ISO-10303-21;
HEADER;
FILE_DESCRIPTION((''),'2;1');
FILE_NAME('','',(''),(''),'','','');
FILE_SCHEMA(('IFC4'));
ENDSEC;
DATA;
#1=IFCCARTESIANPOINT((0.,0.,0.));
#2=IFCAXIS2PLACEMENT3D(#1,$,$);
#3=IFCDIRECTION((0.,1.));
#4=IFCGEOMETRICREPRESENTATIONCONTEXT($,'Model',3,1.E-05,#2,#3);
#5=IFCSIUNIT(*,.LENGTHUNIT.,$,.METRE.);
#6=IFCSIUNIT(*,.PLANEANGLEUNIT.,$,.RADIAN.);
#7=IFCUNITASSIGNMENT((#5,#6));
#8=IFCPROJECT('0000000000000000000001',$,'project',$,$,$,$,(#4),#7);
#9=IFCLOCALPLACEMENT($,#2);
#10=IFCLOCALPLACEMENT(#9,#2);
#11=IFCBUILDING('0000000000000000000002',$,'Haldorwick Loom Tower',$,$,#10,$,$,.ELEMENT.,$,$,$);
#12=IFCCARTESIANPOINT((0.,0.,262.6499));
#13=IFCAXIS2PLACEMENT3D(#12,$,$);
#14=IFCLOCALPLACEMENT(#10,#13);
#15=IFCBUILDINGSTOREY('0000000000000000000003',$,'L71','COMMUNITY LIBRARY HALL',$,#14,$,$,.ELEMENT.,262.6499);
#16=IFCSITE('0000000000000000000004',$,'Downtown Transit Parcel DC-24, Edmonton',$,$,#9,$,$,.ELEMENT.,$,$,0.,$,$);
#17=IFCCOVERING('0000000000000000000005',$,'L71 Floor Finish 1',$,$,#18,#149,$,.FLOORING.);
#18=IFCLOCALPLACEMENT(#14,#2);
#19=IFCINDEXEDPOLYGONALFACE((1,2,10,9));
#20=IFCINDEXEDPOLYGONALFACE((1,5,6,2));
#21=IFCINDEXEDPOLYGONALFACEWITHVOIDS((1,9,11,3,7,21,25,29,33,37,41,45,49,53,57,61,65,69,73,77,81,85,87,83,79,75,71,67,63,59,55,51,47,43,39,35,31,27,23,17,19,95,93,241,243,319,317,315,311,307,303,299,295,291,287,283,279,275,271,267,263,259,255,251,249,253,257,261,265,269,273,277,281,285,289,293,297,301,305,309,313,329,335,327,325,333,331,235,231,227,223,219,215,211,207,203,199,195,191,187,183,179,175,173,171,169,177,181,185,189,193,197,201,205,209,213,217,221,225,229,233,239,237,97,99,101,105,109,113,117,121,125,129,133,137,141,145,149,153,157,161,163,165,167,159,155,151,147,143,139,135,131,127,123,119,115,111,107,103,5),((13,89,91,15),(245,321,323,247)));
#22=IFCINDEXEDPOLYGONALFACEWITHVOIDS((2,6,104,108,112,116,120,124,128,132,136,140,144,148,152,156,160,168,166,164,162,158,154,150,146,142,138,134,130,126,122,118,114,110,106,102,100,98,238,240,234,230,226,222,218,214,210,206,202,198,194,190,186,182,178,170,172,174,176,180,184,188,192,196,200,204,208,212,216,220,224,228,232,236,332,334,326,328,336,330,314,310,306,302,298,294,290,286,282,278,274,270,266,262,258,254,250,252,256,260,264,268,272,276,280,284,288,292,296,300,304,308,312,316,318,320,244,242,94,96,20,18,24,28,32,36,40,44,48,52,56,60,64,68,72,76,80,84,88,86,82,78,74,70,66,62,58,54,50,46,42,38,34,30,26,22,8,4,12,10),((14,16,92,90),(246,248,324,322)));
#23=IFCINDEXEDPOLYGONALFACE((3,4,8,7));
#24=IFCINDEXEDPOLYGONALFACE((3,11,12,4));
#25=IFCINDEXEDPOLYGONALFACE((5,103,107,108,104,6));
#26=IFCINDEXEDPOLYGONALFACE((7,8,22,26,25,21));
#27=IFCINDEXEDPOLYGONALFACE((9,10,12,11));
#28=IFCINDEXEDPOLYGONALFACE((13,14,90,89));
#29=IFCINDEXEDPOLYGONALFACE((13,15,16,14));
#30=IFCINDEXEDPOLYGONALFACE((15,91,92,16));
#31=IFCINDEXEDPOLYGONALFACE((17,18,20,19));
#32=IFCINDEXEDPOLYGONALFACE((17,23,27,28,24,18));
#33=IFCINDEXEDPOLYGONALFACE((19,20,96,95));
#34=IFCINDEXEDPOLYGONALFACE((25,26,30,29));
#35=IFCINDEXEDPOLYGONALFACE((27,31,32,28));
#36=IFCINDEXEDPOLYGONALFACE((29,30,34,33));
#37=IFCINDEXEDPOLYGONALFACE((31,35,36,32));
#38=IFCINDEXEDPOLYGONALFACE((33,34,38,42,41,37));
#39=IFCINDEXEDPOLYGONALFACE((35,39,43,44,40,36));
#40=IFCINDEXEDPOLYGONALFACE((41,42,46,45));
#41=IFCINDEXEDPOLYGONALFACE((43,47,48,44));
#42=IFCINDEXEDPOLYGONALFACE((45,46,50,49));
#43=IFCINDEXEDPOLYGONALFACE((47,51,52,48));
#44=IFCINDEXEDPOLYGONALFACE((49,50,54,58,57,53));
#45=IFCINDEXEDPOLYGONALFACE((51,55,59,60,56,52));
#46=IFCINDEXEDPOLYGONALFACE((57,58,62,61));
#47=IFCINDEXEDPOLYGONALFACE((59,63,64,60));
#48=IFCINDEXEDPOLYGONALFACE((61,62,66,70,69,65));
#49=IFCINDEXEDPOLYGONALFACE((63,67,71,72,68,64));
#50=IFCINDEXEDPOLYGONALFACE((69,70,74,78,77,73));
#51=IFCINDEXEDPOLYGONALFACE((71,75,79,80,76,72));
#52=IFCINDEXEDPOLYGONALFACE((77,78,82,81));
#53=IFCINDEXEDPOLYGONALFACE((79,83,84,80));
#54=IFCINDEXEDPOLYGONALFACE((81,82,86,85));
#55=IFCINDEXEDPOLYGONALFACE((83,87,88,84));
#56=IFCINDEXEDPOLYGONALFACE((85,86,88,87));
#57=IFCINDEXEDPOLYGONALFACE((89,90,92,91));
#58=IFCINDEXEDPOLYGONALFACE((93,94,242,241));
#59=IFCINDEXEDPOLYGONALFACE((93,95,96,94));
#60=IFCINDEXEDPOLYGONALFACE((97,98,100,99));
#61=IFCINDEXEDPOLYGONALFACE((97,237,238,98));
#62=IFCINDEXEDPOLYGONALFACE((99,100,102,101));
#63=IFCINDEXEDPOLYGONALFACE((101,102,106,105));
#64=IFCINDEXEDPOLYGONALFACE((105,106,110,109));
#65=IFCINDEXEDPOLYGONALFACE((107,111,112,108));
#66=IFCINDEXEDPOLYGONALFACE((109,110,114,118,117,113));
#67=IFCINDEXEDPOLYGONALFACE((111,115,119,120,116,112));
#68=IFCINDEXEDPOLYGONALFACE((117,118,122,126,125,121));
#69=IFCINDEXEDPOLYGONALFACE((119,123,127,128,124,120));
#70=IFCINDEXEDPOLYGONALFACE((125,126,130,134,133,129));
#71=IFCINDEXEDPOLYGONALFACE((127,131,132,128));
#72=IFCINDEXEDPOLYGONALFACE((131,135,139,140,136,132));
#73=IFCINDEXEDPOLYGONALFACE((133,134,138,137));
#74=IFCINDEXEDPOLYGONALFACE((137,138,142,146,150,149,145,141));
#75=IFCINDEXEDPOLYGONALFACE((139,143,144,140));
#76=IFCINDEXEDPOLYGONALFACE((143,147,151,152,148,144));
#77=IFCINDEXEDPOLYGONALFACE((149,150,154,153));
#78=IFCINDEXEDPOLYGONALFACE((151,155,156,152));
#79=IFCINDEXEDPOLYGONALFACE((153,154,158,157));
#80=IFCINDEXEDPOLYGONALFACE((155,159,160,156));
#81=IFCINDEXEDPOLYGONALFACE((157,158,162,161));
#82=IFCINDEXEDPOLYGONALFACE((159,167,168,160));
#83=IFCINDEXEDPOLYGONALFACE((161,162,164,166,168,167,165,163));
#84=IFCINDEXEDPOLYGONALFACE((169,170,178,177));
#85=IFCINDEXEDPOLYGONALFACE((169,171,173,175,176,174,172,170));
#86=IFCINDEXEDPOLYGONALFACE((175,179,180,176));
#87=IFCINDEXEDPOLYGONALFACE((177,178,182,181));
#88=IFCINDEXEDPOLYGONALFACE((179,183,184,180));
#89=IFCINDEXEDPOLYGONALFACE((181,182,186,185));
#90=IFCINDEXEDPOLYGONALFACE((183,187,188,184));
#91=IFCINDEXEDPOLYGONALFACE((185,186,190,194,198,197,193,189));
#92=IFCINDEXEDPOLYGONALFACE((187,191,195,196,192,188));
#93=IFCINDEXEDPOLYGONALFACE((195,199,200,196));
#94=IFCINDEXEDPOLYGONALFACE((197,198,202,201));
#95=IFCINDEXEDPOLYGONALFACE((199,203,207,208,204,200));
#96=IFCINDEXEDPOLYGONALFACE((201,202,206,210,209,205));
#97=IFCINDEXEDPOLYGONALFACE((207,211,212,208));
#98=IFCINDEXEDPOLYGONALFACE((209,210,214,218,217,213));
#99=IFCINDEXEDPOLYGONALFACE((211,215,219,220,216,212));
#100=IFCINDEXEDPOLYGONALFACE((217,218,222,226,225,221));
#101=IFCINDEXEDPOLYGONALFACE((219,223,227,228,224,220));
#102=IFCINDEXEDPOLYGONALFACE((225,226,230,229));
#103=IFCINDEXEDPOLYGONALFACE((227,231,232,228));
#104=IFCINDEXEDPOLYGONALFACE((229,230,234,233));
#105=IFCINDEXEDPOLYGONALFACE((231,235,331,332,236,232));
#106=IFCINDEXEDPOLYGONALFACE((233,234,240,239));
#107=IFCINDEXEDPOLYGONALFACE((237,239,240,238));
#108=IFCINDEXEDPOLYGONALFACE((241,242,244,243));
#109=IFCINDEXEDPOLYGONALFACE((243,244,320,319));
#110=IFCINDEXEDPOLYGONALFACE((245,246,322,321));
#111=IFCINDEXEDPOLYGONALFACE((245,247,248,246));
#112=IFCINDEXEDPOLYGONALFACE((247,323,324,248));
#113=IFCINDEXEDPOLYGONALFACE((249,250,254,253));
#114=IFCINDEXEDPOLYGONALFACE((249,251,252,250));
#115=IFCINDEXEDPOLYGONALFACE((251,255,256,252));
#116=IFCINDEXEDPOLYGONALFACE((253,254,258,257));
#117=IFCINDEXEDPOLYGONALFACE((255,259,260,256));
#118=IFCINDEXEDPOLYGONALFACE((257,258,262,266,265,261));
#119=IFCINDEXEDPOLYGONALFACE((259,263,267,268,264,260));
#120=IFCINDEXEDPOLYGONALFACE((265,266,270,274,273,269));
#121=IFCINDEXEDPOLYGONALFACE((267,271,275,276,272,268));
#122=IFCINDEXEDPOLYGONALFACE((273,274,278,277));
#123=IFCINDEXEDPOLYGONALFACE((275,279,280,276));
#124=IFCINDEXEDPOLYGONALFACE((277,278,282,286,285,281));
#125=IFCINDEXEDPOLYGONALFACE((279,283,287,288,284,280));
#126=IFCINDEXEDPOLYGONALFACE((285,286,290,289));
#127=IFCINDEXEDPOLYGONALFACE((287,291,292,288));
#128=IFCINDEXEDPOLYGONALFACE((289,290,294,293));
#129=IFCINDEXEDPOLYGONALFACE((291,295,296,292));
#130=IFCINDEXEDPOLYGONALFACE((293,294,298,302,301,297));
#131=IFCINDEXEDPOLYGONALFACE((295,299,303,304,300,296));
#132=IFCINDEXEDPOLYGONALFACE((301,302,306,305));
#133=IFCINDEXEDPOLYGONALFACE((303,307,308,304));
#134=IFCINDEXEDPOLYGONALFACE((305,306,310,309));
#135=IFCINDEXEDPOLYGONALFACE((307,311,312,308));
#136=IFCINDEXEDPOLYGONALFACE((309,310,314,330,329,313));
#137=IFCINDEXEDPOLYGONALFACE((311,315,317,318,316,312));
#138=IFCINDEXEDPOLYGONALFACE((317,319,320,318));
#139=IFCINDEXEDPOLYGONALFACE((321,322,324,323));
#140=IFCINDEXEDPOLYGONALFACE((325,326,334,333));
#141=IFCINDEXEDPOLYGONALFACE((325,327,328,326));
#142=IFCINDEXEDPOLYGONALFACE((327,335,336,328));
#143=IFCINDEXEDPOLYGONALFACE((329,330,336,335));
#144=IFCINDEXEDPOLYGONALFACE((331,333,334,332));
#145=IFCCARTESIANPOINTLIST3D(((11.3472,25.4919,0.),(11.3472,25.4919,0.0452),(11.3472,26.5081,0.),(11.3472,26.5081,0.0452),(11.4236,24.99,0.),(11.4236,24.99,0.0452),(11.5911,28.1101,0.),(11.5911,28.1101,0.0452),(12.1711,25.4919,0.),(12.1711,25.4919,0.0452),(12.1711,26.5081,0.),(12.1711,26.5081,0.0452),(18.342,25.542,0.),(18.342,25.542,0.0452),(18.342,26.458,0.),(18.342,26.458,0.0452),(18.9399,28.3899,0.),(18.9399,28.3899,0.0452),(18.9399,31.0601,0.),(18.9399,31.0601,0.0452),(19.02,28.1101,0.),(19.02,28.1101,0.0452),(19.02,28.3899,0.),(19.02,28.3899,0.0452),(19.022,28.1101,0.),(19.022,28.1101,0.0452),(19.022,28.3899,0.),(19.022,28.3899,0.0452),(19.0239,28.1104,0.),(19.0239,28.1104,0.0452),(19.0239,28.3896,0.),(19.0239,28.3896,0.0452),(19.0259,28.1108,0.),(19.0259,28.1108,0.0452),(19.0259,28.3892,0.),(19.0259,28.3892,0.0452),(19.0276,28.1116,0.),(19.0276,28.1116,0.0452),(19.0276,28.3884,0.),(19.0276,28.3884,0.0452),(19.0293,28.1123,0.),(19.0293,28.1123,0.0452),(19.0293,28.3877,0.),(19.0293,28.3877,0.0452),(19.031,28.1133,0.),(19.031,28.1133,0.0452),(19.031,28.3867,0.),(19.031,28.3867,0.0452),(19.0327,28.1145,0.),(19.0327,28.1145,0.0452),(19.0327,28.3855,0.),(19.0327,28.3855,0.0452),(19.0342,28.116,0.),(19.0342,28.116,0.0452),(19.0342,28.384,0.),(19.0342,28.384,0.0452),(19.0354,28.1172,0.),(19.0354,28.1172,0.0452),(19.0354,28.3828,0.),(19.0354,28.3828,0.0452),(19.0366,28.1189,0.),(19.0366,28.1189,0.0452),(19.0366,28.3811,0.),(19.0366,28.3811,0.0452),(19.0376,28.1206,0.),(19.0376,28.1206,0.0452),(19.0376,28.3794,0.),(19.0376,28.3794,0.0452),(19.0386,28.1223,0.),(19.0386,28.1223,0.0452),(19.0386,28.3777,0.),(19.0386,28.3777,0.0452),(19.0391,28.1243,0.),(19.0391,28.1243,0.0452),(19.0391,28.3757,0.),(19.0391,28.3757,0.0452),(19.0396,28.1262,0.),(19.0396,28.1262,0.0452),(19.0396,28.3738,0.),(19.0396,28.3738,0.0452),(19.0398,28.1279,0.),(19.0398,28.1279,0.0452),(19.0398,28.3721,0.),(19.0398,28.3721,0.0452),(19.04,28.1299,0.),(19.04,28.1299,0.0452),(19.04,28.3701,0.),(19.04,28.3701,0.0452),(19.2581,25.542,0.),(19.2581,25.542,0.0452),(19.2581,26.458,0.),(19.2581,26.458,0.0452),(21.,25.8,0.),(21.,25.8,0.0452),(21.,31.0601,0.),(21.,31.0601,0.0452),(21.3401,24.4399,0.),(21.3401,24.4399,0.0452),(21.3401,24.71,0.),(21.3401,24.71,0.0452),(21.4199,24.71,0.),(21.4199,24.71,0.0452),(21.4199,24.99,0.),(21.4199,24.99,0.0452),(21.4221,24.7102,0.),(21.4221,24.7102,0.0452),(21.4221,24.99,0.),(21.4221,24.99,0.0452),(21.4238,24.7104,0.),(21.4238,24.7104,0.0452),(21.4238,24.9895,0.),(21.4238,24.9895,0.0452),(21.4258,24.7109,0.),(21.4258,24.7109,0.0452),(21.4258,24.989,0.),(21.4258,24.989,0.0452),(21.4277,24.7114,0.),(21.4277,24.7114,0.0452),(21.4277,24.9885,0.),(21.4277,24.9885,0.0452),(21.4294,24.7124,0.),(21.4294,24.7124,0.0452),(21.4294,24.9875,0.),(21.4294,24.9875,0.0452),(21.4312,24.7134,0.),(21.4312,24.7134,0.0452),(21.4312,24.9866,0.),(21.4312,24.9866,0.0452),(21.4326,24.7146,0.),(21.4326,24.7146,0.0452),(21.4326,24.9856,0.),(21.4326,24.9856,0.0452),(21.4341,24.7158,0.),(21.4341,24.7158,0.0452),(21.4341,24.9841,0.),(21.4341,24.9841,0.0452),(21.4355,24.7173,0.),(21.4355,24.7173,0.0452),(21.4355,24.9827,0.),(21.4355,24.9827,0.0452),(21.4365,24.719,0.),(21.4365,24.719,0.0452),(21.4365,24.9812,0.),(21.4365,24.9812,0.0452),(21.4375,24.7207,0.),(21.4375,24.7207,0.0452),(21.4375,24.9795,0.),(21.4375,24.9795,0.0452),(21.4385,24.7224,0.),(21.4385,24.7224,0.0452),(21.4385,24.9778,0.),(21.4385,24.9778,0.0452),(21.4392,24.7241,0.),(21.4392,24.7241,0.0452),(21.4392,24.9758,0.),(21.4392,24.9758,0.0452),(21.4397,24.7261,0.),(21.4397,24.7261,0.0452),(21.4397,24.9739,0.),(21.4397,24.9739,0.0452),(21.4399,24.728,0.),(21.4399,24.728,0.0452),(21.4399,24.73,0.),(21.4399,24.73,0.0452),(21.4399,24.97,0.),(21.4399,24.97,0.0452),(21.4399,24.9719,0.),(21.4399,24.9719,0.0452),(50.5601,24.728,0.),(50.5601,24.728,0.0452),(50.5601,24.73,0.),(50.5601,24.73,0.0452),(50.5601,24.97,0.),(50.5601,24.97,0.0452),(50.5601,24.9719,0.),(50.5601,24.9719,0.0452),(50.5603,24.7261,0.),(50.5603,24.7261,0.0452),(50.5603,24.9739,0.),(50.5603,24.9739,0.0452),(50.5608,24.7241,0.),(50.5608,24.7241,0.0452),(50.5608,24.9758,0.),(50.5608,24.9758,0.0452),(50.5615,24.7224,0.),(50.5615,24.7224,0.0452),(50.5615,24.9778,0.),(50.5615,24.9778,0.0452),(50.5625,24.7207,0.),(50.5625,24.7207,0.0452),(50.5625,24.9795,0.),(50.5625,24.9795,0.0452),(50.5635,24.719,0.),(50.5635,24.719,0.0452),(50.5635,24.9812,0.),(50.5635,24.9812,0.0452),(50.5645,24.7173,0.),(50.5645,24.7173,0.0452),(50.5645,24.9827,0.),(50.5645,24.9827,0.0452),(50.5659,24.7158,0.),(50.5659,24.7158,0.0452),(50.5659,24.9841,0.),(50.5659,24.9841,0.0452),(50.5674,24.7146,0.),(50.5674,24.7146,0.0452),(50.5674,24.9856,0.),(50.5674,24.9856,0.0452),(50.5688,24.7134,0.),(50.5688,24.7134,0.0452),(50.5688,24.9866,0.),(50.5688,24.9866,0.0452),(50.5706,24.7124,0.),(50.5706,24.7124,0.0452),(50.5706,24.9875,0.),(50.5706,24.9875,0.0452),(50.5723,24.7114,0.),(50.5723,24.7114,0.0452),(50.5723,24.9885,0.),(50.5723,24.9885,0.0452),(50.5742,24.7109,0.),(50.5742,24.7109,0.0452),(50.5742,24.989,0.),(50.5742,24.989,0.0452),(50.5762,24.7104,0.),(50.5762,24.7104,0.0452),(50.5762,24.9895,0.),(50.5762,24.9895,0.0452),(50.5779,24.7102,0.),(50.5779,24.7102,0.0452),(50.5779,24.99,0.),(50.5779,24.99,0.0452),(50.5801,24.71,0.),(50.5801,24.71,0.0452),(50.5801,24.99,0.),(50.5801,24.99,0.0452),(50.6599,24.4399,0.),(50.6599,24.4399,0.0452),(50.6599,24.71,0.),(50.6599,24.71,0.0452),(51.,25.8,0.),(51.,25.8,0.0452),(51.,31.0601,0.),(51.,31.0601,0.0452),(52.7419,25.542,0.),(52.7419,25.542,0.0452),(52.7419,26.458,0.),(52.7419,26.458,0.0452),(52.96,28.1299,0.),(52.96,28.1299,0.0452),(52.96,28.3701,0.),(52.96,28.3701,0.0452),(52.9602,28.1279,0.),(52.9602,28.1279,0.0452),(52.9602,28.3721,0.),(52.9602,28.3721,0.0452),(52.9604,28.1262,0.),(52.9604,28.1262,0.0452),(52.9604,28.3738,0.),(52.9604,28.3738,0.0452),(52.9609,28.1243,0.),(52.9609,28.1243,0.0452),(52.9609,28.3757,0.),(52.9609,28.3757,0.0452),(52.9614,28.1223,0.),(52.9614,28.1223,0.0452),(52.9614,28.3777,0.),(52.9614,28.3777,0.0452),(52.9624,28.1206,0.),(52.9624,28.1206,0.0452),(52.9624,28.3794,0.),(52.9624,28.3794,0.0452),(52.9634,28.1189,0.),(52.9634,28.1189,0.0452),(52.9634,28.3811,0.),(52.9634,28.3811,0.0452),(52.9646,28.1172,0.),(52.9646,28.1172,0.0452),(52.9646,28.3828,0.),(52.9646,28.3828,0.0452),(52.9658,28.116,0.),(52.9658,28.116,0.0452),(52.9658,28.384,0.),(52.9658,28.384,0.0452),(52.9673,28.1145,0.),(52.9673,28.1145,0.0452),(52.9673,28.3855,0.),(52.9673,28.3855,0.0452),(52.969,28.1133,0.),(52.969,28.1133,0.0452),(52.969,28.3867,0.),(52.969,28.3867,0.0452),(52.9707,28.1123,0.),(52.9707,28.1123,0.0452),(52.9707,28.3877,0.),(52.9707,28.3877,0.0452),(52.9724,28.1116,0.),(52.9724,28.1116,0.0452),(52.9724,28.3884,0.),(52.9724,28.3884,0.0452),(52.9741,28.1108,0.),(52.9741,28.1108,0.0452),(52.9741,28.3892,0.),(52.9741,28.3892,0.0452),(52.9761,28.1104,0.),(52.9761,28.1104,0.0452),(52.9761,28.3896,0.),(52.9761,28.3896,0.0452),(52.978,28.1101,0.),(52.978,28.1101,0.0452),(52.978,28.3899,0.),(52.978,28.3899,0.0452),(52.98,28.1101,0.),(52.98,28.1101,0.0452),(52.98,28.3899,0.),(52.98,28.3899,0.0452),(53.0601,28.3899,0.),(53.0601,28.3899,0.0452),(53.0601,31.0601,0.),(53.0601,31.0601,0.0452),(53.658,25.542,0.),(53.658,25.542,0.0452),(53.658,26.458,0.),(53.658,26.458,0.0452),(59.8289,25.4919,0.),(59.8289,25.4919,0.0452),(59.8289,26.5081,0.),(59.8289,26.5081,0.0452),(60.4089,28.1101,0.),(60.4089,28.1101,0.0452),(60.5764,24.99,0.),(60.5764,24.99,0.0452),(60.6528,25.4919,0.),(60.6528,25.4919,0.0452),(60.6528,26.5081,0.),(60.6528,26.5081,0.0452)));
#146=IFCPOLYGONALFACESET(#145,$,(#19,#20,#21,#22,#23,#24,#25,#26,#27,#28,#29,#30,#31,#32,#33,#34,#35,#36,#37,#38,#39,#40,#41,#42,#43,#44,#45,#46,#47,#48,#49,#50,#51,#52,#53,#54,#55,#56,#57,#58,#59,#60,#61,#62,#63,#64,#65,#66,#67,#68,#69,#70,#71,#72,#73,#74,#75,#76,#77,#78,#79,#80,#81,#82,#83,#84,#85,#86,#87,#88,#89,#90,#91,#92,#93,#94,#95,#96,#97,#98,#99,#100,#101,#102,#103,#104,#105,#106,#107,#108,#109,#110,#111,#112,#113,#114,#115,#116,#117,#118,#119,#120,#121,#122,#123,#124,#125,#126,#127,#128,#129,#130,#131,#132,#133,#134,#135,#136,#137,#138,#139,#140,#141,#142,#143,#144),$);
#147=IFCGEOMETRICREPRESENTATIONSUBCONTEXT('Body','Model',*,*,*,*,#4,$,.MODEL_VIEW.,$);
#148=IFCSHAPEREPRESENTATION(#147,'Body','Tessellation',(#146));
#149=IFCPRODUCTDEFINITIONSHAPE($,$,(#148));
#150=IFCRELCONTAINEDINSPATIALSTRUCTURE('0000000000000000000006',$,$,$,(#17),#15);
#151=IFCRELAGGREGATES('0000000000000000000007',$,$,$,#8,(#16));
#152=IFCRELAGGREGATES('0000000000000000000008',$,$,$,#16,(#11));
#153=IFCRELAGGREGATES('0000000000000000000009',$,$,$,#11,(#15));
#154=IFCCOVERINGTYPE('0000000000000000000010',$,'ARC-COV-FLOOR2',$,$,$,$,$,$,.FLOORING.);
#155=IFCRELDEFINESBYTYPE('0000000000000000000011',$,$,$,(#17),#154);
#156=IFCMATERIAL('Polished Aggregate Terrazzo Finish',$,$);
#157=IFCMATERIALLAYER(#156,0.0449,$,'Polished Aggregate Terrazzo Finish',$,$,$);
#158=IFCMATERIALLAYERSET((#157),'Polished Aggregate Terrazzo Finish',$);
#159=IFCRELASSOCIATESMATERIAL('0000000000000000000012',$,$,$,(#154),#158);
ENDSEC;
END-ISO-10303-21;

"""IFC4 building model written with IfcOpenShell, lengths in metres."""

from ifc_helpers import new_model, si_unit, direction, frame, origin, place, context, subcontext, project, spatial, polyline, outline, extrude, material, layer, layer_set, type_object, element, save


model = new_model("IFC4")

# Units and contexts
model_context = context("Model", 3, precision=1e-05, world=origin(), true_north=direction((0.0, 1.0)))
body_context = subcontext(model_context, "Body", "Model", "MODEL_VIEW")
ifc_project = project(units=[si_unit("LENGTHUNIT", "METRE"), si_unit("PLANEANGLEUNIT", "RADIAN")], contexts=[model_context])

# Site, building, storey
site_placement = place(None, origin())
site = spatial("IfcSite", under=ifc_project, at=site_placement, Name="Downtown Transit Parcel DC-24, Edmonton", CompositionType="ELEMENT", RefElevation=0.0)
building_placement = place(site_placement, origin())
building = spatial("IfcBuilding", under=site, at=building_placement, Name="Haldorwick Loom Tower", CompositionType="ELEMENT")
storey_placement = place(building_placement, frame((0.0, 0.0, 262.6499)))
storey = spatial("IfcBuildingStorey", under=building, at=storey_placement, Name="L71", Description="COMMUNITY LIBRARY HALL", CompositionType="ELEMENT", Elevation=262.6499)

# Covering
ifc_material_1 = material(Name="Polished Aggregate Terrazzo Finish")
ifc_layer_1 = layer(ifc_material_1, 0.0449, Name="Polished Aggregate Terrazzo Finish")
ifc_layer_set_1 = layer_set([ifc_layer_1], Name="Polished Aggregate Terrazzo Finish")
covering_type_1 = type_object("IfcCoveringType", Name="ARC-COV-FLOOR2", PredefinedType="FLOORING", material=ifc_layer_set_1)
covering_1_placement = place(storey_placement, origin())
element("IfcCovering", 1, at=covering_1_placement, inside=storey, type_object=covering_type_1, Name="L71 Floor Finish 1", PredefinedType="FLOORING", context=body_context, shape_type="SweptSolid", body=[
    extrude(outline(polyline([(11.4236, 24.99), (21.4199, 24.99), (21.4221, 24.99), (21.4238, 24.9895), (21.4258, 24.989), (21.4277, 24.9885), (21.4294, 24.9875), (21.4312, 24.9866), (21.4326, 24.9856), (21.4341, 24.9841), (21.4355, 24.9827), (21.4365, 24.9812), (21.4375, 24.9795), (21.4385, 24.9778), (21.4392, 24.9758), (21.4397, 24.9739), (21.4399, 24.9719), (21.4399, 24.97), (21.4399, 24.73), (21.4399, 24.728), (21.4397, 24.7261), (21.4392, 24.7241), (21.4385, 24.7224), (21.4375, 24.7207), (21.4365, 24.719), (21.4355, 24.7173), (21.4341, 24.7158), (21.4326, 24.7146), (21.4312, 24.7134), (21.4294, 24.7124), (21.4277, 24.7114), (21.4258, 24.7109), (21.4238, 24.7104), (21.4221, 24.7102), (21.4199, 24.71), (21.3401, 24.71), (21.3401, 24.4399), (50.6599, 24.4399), (50.6599, 24.71), (50.5801, 24.71), (50.5779, 24.7102), (50.5762, 24.7104), (50.5742, 24.7109), (50.5723, 24.7114), (50.5706, 24.7124), (50.5688, 24.7134), (50.5674, 24.7146), (50.5659, 24.7158), (50.5645, 24.7173), (50.5635, 24.719), (50.5625, 24.7207), (50.5615, 24.7224), (50.5608, 24.7241), (50.5603, 24.7261), (50.5601, 24.728), (50.5601, 24.73), (50.5601, 24.97), (50.5601, 24.9719), (50.5603, 24.9739), (50.5608, 24.9758), (50.5615, 24.9778), (50.5625, 24.9795), (50.5635, 24.9812), (50.5645, 24.9827), (50.5659, 24.9841), (50.5674, 24.9856), (50.5688, 24.9866), (50.5706, 24.9875), (50.5723, 24.9885), (50.5742, 24.989), (50.5762, 24.9895), (50.5779, 24.99), (50.5801, 24.99), (60.5764, 24.99), (60.6528, 25.4919), (59.8289, 25.4919), (59.8289, 26.5081), (60.6528, 26.5081), (60.4089, 28.1101), (52.98, 28.1101), (52.978, 28.1101), (52.9761, 28.1104), (52.9741, 28.1108), (52.9724, 28.1116), (52.9707, 28.1123), (52.969, 28.1133), (52.9673, 28.1145), (52.9658, 28.116), (52.9646, 28.1172), (52.9634, 28.1189), (52.9624, 28.1206), (52.9614, 28.1223), (52.9609, 28.1243), (52.9604, 28.1262), (52.9602, 28.1279), (52.96, 28.1299), (52.96, 28.3701), (52.9602, 28.3721), (52.9604, 28.3738), (52.9609, 28.3757), (52.9614, 28.3777), (52.9624, 28.3794), (52.9634, 28.3811), (52.9646, 28.3828), (52.9658, 28.384), (52.9673, 28.3855), (52.969, 28.3867), (52.9707, 28.3877), (52.9724, 28.3884), (52.9741, 28.3892), (52.9761, 28.3896), (52.978, 28.3899), (52.98, 28.3899), (53.0601, 28.3899), (53.0601, 31.0601), (51.0, 31.0601), (51.0, 25.8), (21.0, 25.8), (21.0, 31.0601), (18.9399, 31.0601), (18.9399, 28.3899), (19.02, 28.3899), (19.022, 28.3899), (19.0239, 28.3896), (19.0259, 28.3892), (19.0276, 28.3884), (19.0293, 28.3877), (19.031, 28.3867), (19.0327, 28.3855), (19.0342, 28.384), (19.0354, 28.3828), (19.0366, 28.3811), (19.0376, 28.3794), (19.0386, 28.3777), (19.0391, 28.3757), (19.0396, 28.3738), (19.0398, 28.3721), (19.04, 28.3701), (19.04, 28.1299), (19.0398, 28.1279), (19.0396, 28.1262), (19.0391, 28.1243), (19.0386, 28.1223), (19.0376, 28.1206), (19.0366, 28.1189), (19.0354, 28.1172), (19.0342, 28.116), (19.0327, 28.1145), (19.031, 28.1133), (19.0293, 28.1123), (19.0276, 28.1116), (19.0259, 28.1108), (19.0239, 28.1104), (19.022, 28.1101), (19.02, 28.1101), (11.5911, 28.1101), (11.3472, 26.5081), (12.1711, 26.5081), (12.1711, 25.4919), (11.3472, 25.4919), (11.4236, 24.99)]), holes=[polyline([(19.2581, 26.458), (19.2581, 25.542), (18.342, 25.542), (18.342, 26.458), (19.2581, 26.458)]), polyline([(53.658, 26.458), (53.658, 25.542), (52.7419, 25.542), (52.7419, 26.458), (53.658, 26.458)])]), origin(), (0.0, 0.0, 1.0), 0.0452),
])

save(model, "model.ifc")
